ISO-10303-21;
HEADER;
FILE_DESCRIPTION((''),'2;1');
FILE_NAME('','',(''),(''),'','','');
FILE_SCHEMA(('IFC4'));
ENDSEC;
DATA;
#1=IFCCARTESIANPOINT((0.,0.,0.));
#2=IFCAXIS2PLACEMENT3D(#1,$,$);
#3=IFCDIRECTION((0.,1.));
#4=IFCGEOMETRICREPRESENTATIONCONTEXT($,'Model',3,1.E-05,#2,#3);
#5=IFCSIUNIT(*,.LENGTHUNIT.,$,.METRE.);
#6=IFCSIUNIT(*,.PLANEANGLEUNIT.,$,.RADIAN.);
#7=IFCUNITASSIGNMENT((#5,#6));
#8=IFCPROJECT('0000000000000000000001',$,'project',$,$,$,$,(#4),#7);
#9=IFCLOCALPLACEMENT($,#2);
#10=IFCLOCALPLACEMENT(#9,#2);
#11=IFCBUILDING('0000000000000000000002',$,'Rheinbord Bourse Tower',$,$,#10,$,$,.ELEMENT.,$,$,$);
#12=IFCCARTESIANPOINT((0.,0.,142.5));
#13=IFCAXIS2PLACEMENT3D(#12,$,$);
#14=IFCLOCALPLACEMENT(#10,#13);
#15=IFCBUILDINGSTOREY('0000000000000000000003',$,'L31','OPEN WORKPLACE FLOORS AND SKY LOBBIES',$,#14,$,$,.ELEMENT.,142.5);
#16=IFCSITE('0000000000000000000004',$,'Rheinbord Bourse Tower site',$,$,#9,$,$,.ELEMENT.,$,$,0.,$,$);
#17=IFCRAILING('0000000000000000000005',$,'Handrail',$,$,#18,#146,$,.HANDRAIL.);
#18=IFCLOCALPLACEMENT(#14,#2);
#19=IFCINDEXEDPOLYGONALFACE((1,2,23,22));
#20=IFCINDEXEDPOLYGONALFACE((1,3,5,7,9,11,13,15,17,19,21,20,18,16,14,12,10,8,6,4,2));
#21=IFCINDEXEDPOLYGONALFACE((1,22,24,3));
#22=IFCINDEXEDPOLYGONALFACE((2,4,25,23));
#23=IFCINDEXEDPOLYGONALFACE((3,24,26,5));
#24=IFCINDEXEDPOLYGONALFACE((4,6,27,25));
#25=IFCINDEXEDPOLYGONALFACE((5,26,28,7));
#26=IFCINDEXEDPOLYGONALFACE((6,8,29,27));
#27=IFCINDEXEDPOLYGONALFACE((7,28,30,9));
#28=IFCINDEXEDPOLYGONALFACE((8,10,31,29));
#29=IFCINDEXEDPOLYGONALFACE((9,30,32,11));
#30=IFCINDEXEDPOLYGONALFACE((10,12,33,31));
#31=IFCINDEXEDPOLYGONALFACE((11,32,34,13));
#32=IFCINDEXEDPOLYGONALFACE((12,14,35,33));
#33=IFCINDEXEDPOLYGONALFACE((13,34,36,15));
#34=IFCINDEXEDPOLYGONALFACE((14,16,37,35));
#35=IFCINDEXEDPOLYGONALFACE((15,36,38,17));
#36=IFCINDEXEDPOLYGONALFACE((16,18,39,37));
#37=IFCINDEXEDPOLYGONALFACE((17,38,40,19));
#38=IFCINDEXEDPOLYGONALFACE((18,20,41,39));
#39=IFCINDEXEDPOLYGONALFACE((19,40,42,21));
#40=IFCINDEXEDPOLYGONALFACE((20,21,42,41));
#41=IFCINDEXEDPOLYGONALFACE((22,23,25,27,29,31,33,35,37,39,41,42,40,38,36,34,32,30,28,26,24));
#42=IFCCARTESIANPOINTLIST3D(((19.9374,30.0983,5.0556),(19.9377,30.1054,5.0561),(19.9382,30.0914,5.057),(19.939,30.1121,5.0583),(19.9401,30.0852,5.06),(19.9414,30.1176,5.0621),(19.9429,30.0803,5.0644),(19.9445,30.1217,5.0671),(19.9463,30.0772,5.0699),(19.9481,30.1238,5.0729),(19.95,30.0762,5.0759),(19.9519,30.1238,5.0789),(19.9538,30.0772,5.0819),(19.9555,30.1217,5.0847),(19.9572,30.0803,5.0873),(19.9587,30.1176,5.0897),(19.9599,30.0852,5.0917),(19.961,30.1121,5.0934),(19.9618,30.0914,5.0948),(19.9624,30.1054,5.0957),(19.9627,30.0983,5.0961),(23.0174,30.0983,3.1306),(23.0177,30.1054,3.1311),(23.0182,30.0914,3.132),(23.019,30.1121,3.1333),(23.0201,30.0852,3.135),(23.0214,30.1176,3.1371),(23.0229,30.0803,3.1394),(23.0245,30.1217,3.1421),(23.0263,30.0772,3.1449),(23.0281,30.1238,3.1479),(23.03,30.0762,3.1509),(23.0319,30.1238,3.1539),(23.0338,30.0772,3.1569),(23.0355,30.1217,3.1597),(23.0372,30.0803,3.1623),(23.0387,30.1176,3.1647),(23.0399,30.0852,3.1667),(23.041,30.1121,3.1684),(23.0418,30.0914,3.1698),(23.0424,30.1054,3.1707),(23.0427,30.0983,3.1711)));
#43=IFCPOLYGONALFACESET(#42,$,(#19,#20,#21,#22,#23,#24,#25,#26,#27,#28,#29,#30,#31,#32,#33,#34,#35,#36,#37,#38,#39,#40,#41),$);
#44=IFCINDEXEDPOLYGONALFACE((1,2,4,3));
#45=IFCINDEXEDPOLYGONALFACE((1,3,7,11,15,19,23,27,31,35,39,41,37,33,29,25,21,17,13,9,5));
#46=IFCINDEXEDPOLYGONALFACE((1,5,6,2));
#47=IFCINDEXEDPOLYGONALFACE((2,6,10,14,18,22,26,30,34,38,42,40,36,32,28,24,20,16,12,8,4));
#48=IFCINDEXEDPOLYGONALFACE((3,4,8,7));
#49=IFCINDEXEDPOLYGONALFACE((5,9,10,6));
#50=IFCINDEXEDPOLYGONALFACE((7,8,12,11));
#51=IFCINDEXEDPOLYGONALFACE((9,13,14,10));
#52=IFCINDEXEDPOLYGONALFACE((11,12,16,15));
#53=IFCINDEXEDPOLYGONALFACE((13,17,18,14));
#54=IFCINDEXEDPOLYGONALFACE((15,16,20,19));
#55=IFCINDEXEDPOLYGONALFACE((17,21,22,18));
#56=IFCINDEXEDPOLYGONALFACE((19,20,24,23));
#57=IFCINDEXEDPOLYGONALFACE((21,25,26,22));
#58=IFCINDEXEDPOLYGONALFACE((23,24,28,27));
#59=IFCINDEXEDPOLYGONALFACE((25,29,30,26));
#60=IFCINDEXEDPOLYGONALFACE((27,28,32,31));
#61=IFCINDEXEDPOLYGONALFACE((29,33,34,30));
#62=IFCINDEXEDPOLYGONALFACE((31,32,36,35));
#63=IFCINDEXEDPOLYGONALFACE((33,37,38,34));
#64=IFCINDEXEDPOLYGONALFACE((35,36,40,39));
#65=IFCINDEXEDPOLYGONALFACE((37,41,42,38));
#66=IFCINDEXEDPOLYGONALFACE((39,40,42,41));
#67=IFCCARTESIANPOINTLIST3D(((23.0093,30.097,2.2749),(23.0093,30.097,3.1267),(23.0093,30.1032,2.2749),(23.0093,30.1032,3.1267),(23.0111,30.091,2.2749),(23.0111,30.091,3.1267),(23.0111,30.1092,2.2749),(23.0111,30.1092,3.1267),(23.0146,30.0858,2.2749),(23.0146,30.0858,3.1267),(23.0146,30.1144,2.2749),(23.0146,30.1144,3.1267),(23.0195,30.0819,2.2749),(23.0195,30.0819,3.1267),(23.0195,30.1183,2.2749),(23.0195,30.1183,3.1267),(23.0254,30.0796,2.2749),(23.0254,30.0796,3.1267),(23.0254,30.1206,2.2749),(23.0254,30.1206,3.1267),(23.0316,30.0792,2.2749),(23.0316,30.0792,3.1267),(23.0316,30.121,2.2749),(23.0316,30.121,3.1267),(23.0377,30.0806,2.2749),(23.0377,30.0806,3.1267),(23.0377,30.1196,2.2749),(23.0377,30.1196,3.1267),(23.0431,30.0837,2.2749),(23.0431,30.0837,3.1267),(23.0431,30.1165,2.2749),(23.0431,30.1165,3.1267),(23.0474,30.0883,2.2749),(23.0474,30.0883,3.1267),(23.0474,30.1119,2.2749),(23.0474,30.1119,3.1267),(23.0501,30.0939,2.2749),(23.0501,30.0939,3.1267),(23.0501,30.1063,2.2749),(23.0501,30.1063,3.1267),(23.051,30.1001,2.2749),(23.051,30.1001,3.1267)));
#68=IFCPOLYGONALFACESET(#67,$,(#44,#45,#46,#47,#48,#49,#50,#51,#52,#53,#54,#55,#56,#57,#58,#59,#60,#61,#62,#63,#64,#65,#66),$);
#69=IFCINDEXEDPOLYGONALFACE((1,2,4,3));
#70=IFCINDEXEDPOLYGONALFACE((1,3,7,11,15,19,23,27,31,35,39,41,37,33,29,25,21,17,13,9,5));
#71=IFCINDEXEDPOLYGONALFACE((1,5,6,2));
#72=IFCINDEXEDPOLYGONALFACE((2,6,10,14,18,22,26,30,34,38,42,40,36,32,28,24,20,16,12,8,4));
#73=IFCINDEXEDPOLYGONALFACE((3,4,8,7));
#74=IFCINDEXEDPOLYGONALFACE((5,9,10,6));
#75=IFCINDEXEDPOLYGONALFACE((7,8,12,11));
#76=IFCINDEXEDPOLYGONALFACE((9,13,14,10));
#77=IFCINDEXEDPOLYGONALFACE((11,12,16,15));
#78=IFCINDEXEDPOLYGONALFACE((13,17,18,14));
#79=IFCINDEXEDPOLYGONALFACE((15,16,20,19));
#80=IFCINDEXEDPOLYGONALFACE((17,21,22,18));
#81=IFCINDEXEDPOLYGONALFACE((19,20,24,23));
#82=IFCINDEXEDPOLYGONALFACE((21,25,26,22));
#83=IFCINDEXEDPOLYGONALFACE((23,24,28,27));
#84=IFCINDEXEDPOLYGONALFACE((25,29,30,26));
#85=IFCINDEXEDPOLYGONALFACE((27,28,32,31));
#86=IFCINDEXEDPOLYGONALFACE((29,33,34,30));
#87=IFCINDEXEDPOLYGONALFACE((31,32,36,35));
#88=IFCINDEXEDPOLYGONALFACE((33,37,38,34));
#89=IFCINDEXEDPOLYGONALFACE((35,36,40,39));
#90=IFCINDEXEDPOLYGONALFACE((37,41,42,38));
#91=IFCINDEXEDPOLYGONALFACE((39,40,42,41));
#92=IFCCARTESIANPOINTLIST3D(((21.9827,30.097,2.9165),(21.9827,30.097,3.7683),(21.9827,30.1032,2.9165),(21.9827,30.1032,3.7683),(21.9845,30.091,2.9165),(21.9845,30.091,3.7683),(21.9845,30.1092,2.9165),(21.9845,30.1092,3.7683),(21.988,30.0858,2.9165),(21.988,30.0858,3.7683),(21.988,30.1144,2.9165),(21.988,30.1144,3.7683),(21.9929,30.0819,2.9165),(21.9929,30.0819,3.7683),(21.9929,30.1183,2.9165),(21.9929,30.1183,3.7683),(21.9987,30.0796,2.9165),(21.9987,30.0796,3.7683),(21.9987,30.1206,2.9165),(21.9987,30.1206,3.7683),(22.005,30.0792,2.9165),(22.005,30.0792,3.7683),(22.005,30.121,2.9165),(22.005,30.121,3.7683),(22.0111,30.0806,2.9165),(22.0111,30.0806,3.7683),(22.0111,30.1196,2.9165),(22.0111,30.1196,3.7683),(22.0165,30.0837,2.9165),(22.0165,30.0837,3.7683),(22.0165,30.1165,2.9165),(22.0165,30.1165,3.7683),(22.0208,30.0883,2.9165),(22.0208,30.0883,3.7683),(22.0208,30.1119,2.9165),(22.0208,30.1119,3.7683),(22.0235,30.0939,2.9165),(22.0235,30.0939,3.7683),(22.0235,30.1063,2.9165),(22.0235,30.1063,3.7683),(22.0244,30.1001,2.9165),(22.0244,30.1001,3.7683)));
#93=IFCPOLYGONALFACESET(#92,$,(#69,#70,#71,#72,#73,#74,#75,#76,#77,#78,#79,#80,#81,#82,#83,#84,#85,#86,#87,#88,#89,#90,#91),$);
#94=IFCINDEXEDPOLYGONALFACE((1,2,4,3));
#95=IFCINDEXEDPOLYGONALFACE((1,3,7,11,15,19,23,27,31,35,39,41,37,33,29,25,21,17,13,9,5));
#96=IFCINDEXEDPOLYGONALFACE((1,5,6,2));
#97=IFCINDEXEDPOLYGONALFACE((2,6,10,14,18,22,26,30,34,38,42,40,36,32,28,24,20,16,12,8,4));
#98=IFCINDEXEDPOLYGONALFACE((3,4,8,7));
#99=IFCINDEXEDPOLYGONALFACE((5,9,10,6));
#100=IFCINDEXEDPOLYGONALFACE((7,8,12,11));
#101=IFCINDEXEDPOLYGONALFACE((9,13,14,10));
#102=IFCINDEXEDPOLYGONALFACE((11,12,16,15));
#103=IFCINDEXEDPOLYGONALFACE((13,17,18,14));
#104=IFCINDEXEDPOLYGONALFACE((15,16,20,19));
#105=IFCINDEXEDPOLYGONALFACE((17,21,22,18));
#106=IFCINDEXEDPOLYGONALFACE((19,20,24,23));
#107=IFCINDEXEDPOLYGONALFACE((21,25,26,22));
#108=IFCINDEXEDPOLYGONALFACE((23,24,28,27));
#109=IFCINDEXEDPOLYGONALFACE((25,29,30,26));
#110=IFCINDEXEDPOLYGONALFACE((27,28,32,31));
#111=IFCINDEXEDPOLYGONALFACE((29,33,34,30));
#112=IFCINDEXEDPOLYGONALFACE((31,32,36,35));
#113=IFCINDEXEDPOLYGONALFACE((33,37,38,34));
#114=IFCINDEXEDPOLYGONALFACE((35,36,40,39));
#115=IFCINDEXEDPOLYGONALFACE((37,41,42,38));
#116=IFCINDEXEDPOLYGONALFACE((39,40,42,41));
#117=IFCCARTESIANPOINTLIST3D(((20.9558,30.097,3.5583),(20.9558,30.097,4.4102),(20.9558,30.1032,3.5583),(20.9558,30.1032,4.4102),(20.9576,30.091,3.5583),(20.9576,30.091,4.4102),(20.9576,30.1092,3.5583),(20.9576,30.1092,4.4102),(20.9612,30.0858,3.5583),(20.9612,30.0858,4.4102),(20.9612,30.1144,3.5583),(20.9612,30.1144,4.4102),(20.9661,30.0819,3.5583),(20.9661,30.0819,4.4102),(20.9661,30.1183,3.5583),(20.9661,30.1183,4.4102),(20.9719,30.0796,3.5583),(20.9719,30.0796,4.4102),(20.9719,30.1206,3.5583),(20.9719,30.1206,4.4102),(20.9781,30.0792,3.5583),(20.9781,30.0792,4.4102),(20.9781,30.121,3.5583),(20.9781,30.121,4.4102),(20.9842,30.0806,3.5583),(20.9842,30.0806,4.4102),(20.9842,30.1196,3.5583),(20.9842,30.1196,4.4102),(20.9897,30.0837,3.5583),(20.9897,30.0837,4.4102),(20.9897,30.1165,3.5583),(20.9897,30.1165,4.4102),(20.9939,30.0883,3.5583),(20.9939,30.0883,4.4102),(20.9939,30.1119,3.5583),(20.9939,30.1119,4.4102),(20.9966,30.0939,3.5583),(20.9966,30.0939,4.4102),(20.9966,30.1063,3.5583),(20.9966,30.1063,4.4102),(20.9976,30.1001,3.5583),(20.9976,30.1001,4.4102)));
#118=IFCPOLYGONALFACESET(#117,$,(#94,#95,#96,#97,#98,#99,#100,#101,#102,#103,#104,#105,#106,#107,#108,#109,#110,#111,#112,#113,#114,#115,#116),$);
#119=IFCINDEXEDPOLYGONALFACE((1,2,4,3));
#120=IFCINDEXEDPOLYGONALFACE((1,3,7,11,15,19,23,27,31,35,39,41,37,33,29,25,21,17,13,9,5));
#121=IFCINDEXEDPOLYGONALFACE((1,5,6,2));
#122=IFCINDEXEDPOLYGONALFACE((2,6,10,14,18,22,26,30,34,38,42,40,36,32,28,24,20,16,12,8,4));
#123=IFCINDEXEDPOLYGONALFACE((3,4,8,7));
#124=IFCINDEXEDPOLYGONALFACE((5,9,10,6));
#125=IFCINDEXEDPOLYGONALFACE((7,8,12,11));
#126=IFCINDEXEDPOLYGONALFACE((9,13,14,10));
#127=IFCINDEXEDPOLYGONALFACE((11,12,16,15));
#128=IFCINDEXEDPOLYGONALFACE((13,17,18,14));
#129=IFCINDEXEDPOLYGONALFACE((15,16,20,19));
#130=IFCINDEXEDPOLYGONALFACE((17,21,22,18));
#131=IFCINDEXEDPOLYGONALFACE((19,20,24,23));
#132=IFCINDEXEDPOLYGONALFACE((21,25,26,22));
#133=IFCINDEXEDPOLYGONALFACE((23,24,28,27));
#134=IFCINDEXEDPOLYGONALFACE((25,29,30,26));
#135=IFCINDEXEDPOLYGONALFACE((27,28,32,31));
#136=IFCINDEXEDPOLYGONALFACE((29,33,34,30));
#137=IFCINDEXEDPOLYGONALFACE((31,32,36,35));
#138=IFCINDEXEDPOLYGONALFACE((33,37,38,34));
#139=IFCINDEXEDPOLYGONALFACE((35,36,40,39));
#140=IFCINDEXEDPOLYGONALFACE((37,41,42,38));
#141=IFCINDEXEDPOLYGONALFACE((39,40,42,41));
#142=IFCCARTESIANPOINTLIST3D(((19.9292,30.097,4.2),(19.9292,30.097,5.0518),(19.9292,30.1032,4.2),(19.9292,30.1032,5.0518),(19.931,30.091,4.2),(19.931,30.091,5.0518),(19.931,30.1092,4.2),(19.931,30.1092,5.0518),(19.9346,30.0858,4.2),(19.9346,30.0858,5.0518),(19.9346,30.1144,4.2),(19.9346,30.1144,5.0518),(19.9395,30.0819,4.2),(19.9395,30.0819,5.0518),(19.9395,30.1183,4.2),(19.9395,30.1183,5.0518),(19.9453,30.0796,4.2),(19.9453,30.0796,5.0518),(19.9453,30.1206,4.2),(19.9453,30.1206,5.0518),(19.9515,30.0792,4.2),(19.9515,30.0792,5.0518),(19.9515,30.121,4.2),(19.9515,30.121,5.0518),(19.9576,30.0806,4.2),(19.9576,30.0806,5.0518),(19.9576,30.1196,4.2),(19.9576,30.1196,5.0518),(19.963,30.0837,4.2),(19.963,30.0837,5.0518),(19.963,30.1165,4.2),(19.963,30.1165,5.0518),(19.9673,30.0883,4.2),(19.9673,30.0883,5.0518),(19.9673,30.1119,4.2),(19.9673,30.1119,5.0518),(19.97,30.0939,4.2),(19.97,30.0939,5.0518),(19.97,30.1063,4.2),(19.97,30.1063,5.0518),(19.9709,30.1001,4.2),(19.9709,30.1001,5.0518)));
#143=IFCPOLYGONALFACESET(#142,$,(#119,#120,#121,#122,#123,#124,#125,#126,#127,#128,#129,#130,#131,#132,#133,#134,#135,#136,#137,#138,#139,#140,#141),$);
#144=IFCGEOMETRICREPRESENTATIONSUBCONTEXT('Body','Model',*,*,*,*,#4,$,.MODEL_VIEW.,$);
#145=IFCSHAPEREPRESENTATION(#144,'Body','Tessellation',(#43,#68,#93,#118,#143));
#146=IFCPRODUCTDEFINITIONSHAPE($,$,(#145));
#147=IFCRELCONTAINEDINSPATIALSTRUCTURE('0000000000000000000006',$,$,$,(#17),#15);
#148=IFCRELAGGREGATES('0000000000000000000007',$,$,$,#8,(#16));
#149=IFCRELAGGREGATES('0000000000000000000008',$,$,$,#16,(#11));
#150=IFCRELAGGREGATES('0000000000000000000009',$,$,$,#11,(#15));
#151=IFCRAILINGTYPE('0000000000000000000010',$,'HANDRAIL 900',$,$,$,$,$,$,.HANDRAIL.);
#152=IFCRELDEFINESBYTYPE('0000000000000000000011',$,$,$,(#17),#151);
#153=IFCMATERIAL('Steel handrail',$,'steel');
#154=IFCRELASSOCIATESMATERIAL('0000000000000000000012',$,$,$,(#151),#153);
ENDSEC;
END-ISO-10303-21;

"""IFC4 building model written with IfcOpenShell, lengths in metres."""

from ifc_helpers import new_model, si_unit, direction, frame, origin, origin_2d, place, context, subcontext, project, spatial, circle, extrude, material, type_object, element, save


model = new_model("IFC4")

# Units and contexts
model_context = context("Model", 3, precision=1e-05, world=origin(), true_north=direction((0.0, 1.0)))
body_context = subcontext(model_context, "Body", "Model", "MODEL_VIEW")
ifc_project = project(units=[si_unit("LENGTHUNIT", "METRE"), si_unit("PLANEANGLEUNIT", "RADIAN")], contexts=[model_context])

# Site, building, storey
site_placement = place(None, origin())
site = spatial("IfcSite", under=ifc_project, at=site_placement, Name="Rheinbord Bourse Tower site", CompositionType="ELEMENT", RefElevation=0.0)
building_placement = place(site_placement, origin())
building = spatial("IfcBuilding", under=site, at=building_placement, Name="Rheinbord Bourse Tower", CompositionType="ELEMENT")
storey_placement = place(building_placement, frame((0.0, 0.0, 142.5)))
storey = spatial("IfcBuildingStorey", under=building, at=storey_placement, Name="L31", Description="OPEN WORKPLACE FLOORS AND SKY LOBBIES", CompositionType="ELEMENT", Elevation=142.5)

# Railing
ifc_material_1 = material(Name="Steel handrail", Category="steel")
railing_type = type_object("IfcRailingType", Name="HANDRAIL 900", PredefinedType="HANDRAIL", material=ifc_material_1)
railing_1_placement = place(storey_placement, frame((23.03, 30.1001, 2.2749)))
element("IfcRailing", 1, at=railing_1_placement, inside=storey, type_object=railing_type, Name="Handrail", PredefinedType="HANDRAIL", context=body_context, shape_type="SweptSolid", body=[
    extrude(circle(Radius=0.0239, at=origin_2d()), frame((0.0, 0.0, 0.876), z_axis=(-0.847998, 0.0, 0.529999), x_axis=(0.0, -1.0, 0.0)), (0.0, 0.0, 1.0), 3.6321),
    extrude(circle(Radius=0.021, at=origin_2d()), origin(), (0.0, 0.0, 1.0), 0.8518),
    extrude(circle(Radius=0.021, at=origin_2d()), frame((-1.0266, 0.0, 0.6416)), (0.0, 0.0, 1.0), 0.8518),
    extrude(circle(Radius=0.021, at=origin_2d()), frame((-2.0535, 0.0, 1.2834)), (0.0, 0.0, 1.0), 0.8518),
    extrude(circle(Radius=0.021, at=origin_2d()), frame((-3.0801, 0.0, 1.925)), (0.0, 0.0, 1.0), 0.8518),
])

save(model, "model.ifc")
